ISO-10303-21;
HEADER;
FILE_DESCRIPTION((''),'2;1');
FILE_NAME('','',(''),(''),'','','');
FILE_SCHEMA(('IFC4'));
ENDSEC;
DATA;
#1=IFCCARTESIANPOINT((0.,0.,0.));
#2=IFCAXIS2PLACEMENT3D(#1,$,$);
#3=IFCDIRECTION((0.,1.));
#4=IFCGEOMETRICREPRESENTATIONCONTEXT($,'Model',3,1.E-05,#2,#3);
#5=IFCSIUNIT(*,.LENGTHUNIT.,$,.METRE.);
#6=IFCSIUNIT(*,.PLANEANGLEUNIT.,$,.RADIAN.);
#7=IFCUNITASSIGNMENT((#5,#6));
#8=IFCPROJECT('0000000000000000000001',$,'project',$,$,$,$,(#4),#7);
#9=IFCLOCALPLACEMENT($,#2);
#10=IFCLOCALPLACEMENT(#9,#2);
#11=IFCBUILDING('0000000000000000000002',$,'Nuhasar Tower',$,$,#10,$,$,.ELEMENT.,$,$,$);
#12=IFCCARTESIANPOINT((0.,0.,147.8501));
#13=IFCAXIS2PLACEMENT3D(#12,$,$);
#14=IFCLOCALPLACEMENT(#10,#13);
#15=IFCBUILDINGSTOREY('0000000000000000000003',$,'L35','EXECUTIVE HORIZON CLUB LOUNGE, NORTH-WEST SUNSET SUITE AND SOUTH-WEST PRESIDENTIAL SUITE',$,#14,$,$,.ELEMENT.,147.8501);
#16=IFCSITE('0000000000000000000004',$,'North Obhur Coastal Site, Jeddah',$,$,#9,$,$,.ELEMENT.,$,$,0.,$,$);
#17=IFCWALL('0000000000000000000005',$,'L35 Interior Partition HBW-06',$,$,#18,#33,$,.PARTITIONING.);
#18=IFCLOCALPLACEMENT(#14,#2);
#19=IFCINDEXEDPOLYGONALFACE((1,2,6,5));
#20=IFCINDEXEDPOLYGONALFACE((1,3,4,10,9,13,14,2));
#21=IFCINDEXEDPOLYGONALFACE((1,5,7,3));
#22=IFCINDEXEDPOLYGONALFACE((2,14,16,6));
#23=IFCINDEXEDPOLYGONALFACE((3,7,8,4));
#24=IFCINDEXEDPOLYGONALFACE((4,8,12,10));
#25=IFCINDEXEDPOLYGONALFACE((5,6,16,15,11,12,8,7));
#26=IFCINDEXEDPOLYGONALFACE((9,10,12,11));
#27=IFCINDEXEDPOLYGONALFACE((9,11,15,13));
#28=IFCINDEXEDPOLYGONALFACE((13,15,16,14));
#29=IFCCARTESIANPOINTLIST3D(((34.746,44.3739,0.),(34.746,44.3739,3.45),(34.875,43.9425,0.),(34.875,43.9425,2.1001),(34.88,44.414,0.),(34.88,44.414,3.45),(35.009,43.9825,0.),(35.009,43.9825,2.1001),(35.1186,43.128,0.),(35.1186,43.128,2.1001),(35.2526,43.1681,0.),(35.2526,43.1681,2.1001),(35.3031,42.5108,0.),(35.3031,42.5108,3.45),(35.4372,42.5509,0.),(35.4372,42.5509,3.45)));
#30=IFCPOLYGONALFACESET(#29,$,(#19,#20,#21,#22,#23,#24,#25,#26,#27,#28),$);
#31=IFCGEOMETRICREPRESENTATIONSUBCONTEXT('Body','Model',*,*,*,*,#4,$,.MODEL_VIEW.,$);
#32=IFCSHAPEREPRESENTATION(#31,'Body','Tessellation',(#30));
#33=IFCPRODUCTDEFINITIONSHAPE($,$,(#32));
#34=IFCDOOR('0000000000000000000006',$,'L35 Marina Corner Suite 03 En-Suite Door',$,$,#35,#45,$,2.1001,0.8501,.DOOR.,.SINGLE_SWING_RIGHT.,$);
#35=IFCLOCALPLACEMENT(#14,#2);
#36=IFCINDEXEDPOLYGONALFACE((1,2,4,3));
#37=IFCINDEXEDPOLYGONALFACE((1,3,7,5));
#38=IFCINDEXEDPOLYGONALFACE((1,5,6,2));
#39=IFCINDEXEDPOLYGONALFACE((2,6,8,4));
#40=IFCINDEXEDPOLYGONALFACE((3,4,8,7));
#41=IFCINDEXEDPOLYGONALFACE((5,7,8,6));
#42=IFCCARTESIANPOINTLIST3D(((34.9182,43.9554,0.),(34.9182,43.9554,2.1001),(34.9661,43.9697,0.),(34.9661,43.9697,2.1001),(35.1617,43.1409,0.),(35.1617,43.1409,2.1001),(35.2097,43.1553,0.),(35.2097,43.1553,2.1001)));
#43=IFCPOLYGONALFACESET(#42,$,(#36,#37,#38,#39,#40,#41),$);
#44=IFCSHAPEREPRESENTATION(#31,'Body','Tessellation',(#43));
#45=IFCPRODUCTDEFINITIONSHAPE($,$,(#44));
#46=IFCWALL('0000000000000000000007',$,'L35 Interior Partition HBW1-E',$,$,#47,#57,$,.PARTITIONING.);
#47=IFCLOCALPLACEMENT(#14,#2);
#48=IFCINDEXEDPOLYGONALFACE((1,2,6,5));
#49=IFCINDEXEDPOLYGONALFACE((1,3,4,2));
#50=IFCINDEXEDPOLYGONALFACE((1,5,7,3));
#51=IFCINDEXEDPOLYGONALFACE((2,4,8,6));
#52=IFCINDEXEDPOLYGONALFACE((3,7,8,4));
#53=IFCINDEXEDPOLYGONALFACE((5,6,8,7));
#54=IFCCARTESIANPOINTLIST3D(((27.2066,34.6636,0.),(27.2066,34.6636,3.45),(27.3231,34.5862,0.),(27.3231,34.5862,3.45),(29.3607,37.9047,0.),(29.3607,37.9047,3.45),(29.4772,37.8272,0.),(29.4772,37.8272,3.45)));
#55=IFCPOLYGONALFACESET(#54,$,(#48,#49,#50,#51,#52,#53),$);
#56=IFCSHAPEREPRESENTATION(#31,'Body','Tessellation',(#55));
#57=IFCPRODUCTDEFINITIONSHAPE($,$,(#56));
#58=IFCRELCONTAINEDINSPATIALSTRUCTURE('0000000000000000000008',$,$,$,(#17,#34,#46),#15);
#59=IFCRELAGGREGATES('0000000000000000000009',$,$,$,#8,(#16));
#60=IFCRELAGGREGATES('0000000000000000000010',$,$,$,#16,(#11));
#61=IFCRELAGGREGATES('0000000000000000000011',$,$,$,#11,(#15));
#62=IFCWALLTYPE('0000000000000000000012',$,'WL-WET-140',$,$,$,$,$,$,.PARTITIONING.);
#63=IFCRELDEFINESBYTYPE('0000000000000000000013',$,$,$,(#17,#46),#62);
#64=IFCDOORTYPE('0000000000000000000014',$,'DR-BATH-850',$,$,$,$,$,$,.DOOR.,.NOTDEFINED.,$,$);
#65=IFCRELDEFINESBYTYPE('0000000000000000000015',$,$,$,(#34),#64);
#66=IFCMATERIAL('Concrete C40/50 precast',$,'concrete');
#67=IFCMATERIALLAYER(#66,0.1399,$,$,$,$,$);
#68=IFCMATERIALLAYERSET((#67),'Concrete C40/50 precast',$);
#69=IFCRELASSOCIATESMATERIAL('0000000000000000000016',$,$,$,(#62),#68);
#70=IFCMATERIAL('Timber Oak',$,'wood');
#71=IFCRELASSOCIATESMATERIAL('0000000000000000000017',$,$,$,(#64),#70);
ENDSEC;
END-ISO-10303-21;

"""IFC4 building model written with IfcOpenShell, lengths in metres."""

from ifc_helpers import new_model, si_unit, direction, frame, frame_2d, origin, place, context, subcontext, project, spatial, rectangle, extrude, material, layer, layer_set, type_object, element, fill, save


model = new_model("IFC4")

# Units and contexts
model_context = context("Model", 3, precision=1e-05, world=origin(), true_north=direction((0.0, 1.0)))
body_context = subcontext(model_context, "Body", "Model", "MODEL_VIEW")
ifc_project = project(units=[si_unit("LENGTHUNIT", "METRE"), si_unit("PLANEANGLEUNIT", "RADIAN")], contexts=[model_context])

# Site, building, storey
site_placement = place(None, origin())
site = spatial("IfcSite", under=ifc_project, at=site_placement, Name="North Obhur Coastal Site, Jeddah", CompositionType="ELEMENT", RefElevation=0.0)
building_placement = place(site_placement, origin())
building = spatial("IfcBuilding", under=site, at=building_placement, Name="Nuhasar Tower", CompositionType="ELEMENT")
storey_placement = place(building_placement, frame((0.0, 0.0, 147.8501)))
storey = spatial("IfcBuildingStorey", under=building, at=storey_placement, Name="L35", Description="EXECUTIVE HORIZON CLUB LOUNGE, NORTH-WEST SUNSET SUITE AND SOUTH-WEST PRESIDENTIAL SUITE", CompositionType="ELEMENT", Elevation=147.8501)

# Shared definitions
ifc_material_1 = material(Name="Timber Oak", Category="wood")

# Shared definitions
ifc_material_2 = material(Name="Concrete C40/50 precast", Category="concrete")

# Wall, opening, door
ifc_layer_1 = layer(ifc_material_2, 0.1399)
ifc_layer_set_1 = layer_set([ifc_layer_1], Name="Concrete C40/50 precast")
wall_type_1 = type_object("IfcWallType", Name="WL-WET-140", PredefinedType="PARTITIONING", material=ifc_layer_set_1)
wall_1_placement = place(storey_placement, frame((35.3701, 42.531, 0.0), z_axis=(0.0, 0.0, 1.0), x_axis=(-0.286507, 0.958078, 0.0)))
wall_1 = element("IfcWall", 1, at=wall_1_placement, inside=storey, type_object=wall_type_1, Name="L35 Interior Partition HBW-06", PredefinedType="PARTITIONING", context=body_context, shape_type="SweptSolid", body=[
    extrude(rectangle(XDim=1.9446, YDim=0.1399, at=frame_2d((0.9722, 0.0))), origin(), (0.0, 0.0, 1.0), 3.45),
])
opening_1_placement = place(wall_1_placement, frame((0.644, 0.0, 0.0)))
opening_1 = element("IfcOpeningElement", 2, at=opening_1_placement, cuts=wall_1, PredefinedType="OPENING", context=body_context, shape_type="SweptSolid", body=[
    extrude(rectangle(XDim=0.8501, YDim=2.1001, at=frame_2d((0.425, 1.05))), frame((0.0, 0.0801, 0.0), z_axis=(0.0, -1.0, 0.0), x_axis=(1.0, 0.0, 0.0)), (0.0, 0.0, 1.0), 0.1599),
])
door_type_1 = type_object("IfcDoorType", Name="DR-BATH-850", OperationType="NOTDEFINED", PredefinedType="DOOR", material=ifc_material_1)
door_1_placement = place(opening_1_placement, origin())
door_1 = element("IfcDoor", 3, at=door_1_placement, inside=storey, type_object=door_type_1, Name="L35 Marina Corner Suite 03 En-Suite Door", OperationType="SINGLE_SWING_RIGHT", OverallHeight=2.1001, OverallWidth=0.8501, PredefinedType="DOOR", context=body_context, shape_type="SweptSolid", body=[
    extrude(rectangle(XDim=0.8501, YDim=2.1001, at=frame_2d((0.425, 1.05))), frame((0.0, 0.0249, 0.0), z_axis=(0.0, -1.0, 0.0), x_axis=(1.0, 0.0, 0.0)), (0.0, 0.0, 1.0), 0.05),
])
fill(opening_1, door_1)

# Wall
wall_2_placement = place(storey_placement, frame((29.4189, 37.866, 0.0), z_axis=(0.0, 0.0, 1.0), x_axis=(-0.553527, -0.832831, 0.0)))
element("IfcWall", 4, at=wall_2_placement, inside=storey, type_object=wall_type_1, Name="L35 Interior Partition HBW1-E", PredefinedType="PARTITIONING", context=body_context, shape_type="SweptSolid", body=[
    extrude(rectangle(XDim=3.8916, YDim=0.1399, at=frame_2d((1.9458, 0.0))), origin(), (0.0, 0.0, 1.0), 3.45),
])

save(model, "model.ifc")
